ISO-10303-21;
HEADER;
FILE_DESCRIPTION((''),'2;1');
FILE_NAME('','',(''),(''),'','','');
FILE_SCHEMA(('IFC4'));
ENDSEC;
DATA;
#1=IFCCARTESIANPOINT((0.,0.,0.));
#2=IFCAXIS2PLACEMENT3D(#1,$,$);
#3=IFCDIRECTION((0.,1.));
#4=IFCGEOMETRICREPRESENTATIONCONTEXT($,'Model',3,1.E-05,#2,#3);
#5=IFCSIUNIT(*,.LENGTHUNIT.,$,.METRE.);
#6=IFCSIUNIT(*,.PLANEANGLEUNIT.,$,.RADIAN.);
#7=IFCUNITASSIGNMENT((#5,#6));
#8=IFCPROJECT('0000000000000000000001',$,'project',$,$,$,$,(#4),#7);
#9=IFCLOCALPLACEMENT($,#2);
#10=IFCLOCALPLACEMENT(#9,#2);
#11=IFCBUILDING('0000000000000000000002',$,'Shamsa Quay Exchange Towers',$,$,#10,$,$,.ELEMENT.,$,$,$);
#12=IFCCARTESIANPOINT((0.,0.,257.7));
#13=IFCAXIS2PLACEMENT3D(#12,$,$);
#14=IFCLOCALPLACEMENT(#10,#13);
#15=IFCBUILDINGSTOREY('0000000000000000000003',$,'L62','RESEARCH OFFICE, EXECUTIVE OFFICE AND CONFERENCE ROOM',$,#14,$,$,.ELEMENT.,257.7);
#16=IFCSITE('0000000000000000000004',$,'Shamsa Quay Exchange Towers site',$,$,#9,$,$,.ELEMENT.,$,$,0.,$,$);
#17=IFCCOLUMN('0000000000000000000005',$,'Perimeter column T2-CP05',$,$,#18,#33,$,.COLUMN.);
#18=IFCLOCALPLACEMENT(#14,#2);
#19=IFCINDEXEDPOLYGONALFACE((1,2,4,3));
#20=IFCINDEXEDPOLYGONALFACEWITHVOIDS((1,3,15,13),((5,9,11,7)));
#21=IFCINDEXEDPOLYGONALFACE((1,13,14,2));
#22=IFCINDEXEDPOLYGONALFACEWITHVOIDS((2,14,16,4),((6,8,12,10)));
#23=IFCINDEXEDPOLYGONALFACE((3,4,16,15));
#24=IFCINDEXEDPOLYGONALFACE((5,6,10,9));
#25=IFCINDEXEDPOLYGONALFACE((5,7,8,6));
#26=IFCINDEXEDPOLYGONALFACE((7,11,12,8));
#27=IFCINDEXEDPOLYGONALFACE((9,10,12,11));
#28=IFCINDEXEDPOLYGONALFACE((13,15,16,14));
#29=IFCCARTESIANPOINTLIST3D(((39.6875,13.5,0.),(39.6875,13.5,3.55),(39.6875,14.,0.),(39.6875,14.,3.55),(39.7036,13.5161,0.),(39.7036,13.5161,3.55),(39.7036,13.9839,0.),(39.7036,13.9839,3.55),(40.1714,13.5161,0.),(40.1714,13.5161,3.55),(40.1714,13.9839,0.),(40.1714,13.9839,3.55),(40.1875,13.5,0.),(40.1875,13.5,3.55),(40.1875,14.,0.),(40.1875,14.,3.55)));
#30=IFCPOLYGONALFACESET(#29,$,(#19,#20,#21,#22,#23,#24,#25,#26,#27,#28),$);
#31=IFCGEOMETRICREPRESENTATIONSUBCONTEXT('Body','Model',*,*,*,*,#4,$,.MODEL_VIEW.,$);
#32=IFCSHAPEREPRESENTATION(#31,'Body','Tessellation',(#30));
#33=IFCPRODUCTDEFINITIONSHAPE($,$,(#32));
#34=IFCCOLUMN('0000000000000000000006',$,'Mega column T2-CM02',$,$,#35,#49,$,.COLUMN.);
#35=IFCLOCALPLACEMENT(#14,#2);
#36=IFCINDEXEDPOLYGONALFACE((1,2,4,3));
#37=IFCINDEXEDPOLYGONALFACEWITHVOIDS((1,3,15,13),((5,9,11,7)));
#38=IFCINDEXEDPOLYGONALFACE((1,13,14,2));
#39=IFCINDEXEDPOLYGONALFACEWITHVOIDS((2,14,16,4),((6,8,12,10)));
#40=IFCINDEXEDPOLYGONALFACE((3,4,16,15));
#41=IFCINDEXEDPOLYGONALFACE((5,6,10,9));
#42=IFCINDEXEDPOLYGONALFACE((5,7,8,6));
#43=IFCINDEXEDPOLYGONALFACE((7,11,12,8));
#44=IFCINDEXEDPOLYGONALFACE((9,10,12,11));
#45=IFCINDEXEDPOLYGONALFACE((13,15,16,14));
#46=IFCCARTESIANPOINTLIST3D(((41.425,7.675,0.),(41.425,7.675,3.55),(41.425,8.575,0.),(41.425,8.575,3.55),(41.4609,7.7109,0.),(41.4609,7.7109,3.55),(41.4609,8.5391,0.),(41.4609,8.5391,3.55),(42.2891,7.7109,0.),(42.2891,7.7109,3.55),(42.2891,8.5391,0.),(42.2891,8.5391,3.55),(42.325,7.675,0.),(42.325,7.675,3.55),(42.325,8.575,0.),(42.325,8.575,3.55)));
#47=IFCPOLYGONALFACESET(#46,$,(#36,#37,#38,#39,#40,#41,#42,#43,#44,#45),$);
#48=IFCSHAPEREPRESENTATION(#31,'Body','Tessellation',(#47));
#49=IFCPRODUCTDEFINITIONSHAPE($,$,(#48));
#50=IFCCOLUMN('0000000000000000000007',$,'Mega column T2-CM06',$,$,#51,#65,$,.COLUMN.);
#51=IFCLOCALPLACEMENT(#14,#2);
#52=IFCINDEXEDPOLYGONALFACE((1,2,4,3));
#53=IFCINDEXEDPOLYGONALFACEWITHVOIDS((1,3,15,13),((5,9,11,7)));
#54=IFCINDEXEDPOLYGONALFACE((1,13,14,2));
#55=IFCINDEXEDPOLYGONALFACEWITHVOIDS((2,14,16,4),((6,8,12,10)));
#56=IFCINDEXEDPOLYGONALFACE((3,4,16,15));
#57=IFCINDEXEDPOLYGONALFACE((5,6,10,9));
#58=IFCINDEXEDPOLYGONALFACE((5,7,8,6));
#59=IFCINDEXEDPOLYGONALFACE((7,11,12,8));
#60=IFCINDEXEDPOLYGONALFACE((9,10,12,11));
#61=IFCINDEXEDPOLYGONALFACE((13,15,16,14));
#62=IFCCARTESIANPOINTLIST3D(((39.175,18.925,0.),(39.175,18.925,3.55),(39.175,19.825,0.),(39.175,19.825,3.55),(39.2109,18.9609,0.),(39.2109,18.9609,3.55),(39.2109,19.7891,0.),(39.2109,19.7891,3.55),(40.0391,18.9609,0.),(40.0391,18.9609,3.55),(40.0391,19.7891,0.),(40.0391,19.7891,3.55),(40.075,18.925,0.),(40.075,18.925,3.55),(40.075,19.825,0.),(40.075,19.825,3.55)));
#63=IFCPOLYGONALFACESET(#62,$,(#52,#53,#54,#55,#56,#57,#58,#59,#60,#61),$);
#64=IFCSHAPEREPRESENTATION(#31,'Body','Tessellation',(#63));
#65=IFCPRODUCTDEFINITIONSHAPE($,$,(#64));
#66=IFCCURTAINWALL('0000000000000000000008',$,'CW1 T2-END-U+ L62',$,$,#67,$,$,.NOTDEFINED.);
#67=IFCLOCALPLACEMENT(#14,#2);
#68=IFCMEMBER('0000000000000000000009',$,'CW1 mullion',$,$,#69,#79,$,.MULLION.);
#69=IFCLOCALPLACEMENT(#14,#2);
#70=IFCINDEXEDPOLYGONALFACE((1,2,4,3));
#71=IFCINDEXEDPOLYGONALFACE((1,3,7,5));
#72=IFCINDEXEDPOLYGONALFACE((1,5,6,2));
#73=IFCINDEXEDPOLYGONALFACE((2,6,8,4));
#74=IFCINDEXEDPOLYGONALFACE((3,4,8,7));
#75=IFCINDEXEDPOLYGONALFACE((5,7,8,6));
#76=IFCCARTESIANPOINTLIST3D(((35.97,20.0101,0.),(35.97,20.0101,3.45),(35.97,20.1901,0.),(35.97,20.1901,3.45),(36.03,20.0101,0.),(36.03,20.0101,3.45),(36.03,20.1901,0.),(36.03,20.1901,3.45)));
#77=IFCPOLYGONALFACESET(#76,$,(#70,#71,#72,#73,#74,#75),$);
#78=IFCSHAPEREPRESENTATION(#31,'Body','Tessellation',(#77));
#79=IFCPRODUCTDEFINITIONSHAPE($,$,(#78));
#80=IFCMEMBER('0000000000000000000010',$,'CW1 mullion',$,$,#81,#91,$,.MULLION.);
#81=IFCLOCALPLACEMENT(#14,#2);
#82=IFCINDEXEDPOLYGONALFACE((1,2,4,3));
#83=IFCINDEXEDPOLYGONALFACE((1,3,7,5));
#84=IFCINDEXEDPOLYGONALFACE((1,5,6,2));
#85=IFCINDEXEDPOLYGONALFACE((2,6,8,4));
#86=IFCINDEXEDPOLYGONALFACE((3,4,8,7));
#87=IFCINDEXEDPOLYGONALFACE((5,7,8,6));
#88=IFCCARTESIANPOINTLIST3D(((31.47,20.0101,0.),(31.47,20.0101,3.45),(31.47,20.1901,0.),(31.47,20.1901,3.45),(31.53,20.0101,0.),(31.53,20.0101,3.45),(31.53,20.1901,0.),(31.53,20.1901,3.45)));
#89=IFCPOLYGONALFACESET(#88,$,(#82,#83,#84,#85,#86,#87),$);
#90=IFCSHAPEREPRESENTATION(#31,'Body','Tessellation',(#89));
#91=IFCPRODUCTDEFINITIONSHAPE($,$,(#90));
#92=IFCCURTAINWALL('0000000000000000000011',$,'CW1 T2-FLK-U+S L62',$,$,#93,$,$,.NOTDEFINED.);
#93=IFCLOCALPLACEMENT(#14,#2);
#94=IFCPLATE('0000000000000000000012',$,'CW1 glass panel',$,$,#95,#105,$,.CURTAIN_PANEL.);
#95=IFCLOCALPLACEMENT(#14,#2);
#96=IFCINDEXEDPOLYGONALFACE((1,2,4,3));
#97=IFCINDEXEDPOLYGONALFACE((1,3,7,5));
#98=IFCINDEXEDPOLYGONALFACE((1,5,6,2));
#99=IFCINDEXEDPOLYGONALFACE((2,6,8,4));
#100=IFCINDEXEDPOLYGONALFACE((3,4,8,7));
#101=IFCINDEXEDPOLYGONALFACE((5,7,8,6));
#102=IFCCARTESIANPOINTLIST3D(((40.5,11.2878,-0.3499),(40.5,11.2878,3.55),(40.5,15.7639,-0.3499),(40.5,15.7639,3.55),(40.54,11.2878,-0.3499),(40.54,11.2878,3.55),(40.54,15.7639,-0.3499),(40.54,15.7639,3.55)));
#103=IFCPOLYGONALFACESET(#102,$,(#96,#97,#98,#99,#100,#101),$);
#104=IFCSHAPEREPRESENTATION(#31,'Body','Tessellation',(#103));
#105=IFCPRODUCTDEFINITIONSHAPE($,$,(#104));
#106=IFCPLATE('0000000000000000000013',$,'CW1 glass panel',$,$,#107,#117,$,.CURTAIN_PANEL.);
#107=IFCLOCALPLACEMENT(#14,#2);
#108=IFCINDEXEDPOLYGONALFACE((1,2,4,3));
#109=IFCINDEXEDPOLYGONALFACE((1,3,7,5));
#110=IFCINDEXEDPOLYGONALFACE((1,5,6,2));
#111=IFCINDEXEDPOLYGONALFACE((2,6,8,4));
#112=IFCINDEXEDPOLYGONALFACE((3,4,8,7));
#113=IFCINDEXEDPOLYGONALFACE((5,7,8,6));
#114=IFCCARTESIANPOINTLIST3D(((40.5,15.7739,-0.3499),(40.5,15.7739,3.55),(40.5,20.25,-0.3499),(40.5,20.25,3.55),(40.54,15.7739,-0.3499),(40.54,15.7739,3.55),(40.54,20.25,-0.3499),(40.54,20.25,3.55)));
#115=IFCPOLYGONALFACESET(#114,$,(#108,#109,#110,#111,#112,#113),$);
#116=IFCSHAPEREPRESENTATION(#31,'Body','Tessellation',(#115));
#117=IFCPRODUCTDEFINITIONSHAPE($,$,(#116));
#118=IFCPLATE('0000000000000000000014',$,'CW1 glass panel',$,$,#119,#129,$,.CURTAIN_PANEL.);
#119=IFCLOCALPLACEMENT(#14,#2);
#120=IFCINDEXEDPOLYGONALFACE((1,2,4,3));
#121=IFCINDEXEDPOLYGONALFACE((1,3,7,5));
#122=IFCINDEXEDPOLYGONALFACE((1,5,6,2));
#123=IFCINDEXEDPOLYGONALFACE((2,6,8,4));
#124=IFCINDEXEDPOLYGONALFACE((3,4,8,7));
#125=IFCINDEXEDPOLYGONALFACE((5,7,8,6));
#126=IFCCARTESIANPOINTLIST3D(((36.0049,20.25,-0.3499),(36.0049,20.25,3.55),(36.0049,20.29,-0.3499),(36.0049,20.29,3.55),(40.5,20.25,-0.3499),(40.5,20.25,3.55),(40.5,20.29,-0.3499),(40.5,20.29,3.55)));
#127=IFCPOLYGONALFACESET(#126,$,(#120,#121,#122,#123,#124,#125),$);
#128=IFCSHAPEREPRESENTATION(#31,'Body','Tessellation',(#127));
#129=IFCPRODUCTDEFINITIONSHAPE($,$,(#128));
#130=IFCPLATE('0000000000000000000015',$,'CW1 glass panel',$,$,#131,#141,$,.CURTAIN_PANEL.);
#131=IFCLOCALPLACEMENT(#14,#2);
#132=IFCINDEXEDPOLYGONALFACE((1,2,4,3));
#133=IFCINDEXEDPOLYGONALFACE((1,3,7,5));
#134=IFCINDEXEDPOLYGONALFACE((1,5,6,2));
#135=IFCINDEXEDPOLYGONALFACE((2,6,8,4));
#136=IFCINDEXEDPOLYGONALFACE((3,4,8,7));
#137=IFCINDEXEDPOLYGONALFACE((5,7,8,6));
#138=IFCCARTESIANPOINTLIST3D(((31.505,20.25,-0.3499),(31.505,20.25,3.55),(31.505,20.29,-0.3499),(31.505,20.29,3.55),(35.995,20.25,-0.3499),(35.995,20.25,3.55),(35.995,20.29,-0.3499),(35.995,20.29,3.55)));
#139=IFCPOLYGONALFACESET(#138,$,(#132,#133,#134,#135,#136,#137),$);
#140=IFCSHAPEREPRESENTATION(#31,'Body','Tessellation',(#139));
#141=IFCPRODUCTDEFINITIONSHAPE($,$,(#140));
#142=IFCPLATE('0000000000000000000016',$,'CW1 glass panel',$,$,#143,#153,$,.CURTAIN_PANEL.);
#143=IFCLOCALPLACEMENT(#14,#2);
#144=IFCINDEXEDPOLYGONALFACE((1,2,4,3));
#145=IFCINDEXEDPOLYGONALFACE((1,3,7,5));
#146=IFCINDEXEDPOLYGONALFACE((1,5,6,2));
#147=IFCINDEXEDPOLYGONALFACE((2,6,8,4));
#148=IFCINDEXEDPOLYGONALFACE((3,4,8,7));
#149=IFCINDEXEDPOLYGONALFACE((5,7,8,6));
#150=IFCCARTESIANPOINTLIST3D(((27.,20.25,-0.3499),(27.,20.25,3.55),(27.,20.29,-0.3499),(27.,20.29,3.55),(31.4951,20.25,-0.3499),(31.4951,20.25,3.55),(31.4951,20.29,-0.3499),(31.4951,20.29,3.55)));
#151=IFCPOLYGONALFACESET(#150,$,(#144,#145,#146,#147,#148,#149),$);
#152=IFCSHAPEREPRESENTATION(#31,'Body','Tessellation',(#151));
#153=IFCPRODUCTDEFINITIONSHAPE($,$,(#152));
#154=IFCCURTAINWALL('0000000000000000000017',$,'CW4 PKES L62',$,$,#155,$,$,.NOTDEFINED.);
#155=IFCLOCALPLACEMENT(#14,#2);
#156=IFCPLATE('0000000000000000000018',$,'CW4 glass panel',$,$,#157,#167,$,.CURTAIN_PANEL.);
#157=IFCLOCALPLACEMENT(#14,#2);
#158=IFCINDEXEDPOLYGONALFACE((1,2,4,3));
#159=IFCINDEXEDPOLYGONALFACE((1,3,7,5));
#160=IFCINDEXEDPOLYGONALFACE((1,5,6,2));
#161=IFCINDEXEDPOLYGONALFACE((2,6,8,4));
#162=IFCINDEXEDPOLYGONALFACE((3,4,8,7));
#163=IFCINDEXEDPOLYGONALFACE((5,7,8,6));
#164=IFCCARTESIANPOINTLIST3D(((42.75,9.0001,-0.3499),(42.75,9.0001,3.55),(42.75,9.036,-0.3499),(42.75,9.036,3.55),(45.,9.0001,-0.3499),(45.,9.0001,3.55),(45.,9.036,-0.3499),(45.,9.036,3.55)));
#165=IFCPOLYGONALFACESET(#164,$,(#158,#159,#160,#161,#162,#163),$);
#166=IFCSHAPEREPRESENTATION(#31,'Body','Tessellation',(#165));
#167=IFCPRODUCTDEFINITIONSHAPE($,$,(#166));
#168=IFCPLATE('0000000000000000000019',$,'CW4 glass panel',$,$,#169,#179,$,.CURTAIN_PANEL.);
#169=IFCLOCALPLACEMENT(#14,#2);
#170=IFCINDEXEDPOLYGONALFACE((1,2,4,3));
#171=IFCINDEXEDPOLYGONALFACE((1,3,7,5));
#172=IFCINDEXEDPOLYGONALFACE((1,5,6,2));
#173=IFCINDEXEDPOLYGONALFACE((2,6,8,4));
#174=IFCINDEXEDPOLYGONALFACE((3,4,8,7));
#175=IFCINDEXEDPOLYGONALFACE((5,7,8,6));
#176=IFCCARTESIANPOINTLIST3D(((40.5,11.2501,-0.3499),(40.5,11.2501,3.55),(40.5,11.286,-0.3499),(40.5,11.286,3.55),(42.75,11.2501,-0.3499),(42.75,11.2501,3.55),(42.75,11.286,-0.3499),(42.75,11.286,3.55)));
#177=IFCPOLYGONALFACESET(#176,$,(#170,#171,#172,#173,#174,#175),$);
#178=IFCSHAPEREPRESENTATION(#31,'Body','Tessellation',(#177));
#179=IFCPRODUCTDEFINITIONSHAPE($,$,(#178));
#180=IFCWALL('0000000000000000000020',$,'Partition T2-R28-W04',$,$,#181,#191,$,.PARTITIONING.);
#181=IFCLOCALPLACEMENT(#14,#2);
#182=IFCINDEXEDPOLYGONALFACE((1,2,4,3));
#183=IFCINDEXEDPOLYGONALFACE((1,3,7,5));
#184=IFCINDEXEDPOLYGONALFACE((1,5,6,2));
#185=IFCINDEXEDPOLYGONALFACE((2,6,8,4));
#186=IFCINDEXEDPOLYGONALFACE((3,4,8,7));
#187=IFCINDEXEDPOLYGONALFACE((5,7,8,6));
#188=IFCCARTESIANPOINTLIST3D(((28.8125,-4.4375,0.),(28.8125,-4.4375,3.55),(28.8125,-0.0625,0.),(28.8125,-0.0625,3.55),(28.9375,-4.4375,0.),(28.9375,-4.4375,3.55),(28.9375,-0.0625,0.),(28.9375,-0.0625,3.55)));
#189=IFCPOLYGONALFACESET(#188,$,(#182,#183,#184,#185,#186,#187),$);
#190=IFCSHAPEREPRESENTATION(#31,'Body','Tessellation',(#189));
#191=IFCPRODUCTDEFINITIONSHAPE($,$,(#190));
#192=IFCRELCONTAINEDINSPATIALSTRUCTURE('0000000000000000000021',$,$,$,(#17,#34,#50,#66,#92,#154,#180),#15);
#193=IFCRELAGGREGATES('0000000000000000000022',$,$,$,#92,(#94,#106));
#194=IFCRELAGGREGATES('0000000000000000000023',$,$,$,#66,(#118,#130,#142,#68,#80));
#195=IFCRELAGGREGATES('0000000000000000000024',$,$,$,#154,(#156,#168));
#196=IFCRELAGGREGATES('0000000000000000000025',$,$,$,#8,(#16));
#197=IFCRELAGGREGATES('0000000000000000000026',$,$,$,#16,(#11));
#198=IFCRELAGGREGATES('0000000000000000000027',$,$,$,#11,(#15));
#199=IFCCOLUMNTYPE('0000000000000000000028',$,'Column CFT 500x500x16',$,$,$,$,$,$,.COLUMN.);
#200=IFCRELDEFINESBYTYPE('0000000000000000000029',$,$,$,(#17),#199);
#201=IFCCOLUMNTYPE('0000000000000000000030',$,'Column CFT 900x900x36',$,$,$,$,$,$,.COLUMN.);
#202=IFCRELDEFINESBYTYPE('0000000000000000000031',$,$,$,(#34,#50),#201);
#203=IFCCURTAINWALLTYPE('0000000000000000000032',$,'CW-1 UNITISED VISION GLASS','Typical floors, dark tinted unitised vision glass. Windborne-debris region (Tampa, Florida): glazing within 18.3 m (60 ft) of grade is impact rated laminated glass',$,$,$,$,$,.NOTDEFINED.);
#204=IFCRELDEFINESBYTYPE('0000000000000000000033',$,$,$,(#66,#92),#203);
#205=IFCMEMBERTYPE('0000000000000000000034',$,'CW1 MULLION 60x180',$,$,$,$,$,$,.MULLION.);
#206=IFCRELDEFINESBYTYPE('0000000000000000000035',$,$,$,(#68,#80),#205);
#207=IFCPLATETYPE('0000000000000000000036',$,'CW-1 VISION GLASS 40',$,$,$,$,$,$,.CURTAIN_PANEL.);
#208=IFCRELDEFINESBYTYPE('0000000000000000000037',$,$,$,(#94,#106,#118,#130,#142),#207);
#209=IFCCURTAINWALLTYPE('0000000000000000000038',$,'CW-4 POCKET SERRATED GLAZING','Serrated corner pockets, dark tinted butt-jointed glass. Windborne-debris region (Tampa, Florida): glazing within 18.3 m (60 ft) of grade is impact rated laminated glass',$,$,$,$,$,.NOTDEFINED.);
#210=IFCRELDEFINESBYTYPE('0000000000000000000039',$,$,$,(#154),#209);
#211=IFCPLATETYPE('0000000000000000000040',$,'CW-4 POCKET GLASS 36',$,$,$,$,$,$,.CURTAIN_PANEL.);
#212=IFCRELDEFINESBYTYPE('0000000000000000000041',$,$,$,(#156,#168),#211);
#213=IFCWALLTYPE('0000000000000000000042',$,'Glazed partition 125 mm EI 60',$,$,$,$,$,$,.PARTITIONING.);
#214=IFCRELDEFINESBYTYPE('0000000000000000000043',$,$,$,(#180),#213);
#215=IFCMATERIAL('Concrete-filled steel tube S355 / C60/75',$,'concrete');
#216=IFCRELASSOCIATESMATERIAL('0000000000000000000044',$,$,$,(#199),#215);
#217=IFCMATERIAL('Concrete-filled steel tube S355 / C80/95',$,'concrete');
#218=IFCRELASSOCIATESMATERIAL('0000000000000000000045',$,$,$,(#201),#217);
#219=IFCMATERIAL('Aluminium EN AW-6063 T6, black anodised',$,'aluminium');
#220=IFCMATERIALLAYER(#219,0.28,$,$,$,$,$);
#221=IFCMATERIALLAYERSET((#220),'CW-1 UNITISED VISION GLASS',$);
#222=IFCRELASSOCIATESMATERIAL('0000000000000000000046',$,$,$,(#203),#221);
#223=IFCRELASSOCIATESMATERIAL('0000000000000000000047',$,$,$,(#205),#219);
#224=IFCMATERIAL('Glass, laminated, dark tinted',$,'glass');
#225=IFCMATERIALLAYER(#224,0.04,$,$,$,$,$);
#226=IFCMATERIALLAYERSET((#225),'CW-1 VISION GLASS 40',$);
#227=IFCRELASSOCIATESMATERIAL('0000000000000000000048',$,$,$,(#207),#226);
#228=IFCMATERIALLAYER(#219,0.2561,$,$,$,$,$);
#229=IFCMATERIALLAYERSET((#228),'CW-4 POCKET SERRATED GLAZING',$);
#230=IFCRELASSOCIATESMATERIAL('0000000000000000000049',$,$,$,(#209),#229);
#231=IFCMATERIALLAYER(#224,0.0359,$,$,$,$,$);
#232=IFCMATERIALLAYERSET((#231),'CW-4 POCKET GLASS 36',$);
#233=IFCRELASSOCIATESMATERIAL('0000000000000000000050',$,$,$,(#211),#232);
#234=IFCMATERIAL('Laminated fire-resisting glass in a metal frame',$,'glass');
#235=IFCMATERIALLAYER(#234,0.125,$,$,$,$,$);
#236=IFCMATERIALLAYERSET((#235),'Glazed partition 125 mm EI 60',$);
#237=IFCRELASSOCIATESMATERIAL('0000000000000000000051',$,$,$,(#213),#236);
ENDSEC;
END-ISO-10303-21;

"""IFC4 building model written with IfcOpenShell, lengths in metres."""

from ifc_helpers import new_model, si_unit, direction, frame, frame_2d, origin, origin_2d, place, context, subcontext, project, spatial, rectangle, hollow_rectangle, extrude, material, layer, layer_set, material_profile, profile_set, type_object, element, aggregate, save


model = new_model("IFC4")

# Units and contexts
model_context = context("Model", 3, precision=1e-05, world=origin(), true_north=direction((0.0, 1.0)))
body_context = subcontext(model_context, "Body", "Model", "MODEL_VIEW")
ifc_project = project(units=[si_unit("LENGTHUNIT", "METRE"), si_unit("PLANEANGLEUNIT", "RADIAN")], contexts=[model_context])

# Site, building, storey
site_placement = place(None, origin())
site = spatial("IfcSite", under=ifc_project, at=site_placement, Name="Shamsa Quay Exchange Towers site", CompositionType="ELEMENT", RefElevation=0.0)
building_placement = place(site_placement, origin())
building = spatial("IfcBuilding", under=site, at=building_placement, Name="Shamsa Quay Exchange Towers", CompositionType="ELEMENT")
storey_placement = place(building_placement, frame((0.0, 0.0, 257.7)))
storey = spatial("IfcBuildingStorey", under=building, at=storey_placement, Name="L62", Description="RESEARCH OFFICE, EXECUTIVE OFFICE AND CONFERENCE ROOM", CompositionType="ELEMENT", Elevation=257.7)

# Columns
ifc_material_1 = material(Name="Concrete-filled steel tube S355 / C60/75", Category="concrete")
ifc_material_profile_1 = material_profile(ifc_material_1, hollow_rectangle(XDim=0.5, YDim=0.5, WallThickness=0.0161, at=origin_2d()), Name="CFT 500x500x16")
ifc_profile_set_1 = profile_set([ifc_material_profile_1], Name="Concrete-filled steel tube S355 / C60/75")
column_type_1 = type_object("IfcColumnType", Name="Column CFT 500x500x16", PredefinedType="COLUMN", material=ifc_profile_set_1)
column_placement = place(storey_placement, frame((39.9375, 13.75, 0.0)))
element("IfcColumn", 1, at=column_placement, inside=storey, type_object=column_type_1, Name="Perimeter column T2-CP05", PredefinedType="COLUMN", context=body_context, shape_type="SweptSolid", body=[
    extrude(hollow_rectangle(XDim=0.5, YDim=0.5, WallThickness=0.0161, at=origin_2d()), origin(), (0.0, 0.0, 1.0), 3.55),
])
ifc_material_2 = material(Name="Concrete-filled steel tube S355 / C80/95", Category="concrete")
ifc_material_profile_2 = material_profile(ifc_material_2, hollow_rectangle(XDim=0.8999, YDim=0.8999, WallThickness=0.0359, at=origin_2d()), Name="CFT 900x900x36")
ifc_profile_set_2 = profile_set([ifc_material_profile_2], Name="Concrete-filled steel tube S355 / C80/95")
column_type_2 = type_object("IfcColumnType", Name="Column CFT 900x900x36", PredefinedType="COLUMN", material=ifc_profile_set_2)
for number, where, name in (
    (2, (41.875, 8.125, 0.0), "Mega column T2-CM02"),
    (3, (39.625, 19.375, 0.0), "Mega column T2-CM06"),
):
    element("IfcColumn", number, at=place(storey_placement, frame(where)), inside=storey, type_object=column_type_2, Name=name, PredefinedType="COLUMN", context=body_context, shape_type="SweptSolid", body=[
        extrude(hollow_rectangle(XDim=0.8999, YDim=0.8999, WallThickness=0.0359, at=origin_2d()), origin(), (0.0, 0.0, 1.0), 3.55),
    ])

# Curtain wall, members
ifc_material_3 = material(Name="Aluminium EN AW-6063 T6, black anodised", Category="aluminium")
ifc_layer_1 = layer(ifc_material_3, 0.28)
ifc_layer_set_1 = layer_set([ifc_layer_1], Name="CW-1 UNITISED VISION GLASS")
curtain_wall_type_1 = type_object("IfcCurtainWallType", Name="CW-1 UNITISED VISION GLASS", Description="Typical floors, dark tinted unitised vision glass. Windborne-debris region (Tampa, Florida): glazing within 18.3 m (60 ft) of grade is impact rated laminated glass", PredefinedType="NOTDEFINED", material=ifc_layer_set_1)
curtain_wall_1_placement = place(storey_placement, origin())
curtain_wall_1 = element("IfcCurtainWall", 4, at=curtain_wall_1_placement, inside=storey, type_object=curtain_wall_type_1, Name="CW1 T2-END-U+ L62", PredefinedType="NOTDEFINED")
ifc_material_profile_3 = material_profile(ifc_material_3, rectangle(XDim=0.1799, YDim=0.0601, at=origin_2d()), Name="MU60x180")
ifc_profile_set_3 = profile_set([ifc_material_profile_3], Name="Aluminium EN AW-6063 T6, black anodised")
member_type = type_object("IfcMemberType", Name="CW1 MULLION 60x180", PredefinedType="MULLION", material=ifc_profile_set_3)
member_1_placement = place(storey_placement, frame((36.0, 20.1001, 0.0), z_axis=(0.0, 0.0, 1.0), x_axis=(0.0, -1.0, 0.0)))
member_1 = element("IfcMember", 5, at=member_1_placement, type_object=member_type, Name="CW1 mullion", PredefinedType="MULLION", context=body_context, shape_type="SweptSolid", body=[
    extrude(rectangle(XDim=0.1799, YDim=0.0601, at=origin_2d()), origin(), (0.0, 0.0, 1.0), 3.45),
])
member_2_placement = place(storey_placement, frame((31.5, 20.1001, 0.0), z_axis=(0.0, 0.0, 1.0), x_axis=(0.0, -1.0, 0.0)))
member_2 = element("IfcMember", 6, at=member_2_placement, type_object=member_type, Name="CW1 mullion", PredefinedType="MULLION", context=body_context, shape_type="SweptSolid", body=[
    extrude(rectangle(XDim=0.1799, YDim=0.0601, at=origin_2d()), origin(), (0.0, 0.0, 1.0), 3.45),
])

# Curtain wall, plates
curtain_wall_2_placement = place(storey_placement, origin())
curtain_wall_2 = element("IfcCurtainWall", 7, at=curtain_wall_2_placement, inside=storey, type_object=curtain_wall_type_1, Name="CW1 T2-FLK-U+S L62", PredefinedType="NOTDEFINED")
ifc_material_4 = material(Name="Glass, laminated, dark tinted", Category="glass")
ifc_layer_2 = layer(ifc_material_4, 0.04)
ifc_layer_set_2 = layer_set([ifc_layer_2], Name="CW-1 VISION GLASS 40")
plate_type_1 = type_object("IfcPlateType", Name="CW-1 VISION GLASS 40", PredefinedType="CURTAIN_PANEL", material=ifc_layer_set_2)
plate_1_placement = place(storey_placement, frame((40.52, 13.5259, -0.3499), z_axis=(0.0, 0.0, 1.0), x_axis=(0.0, 1.0, 0.0)))
plate_1 = element("IfcPlate", 8, at=plate_1_placement, type_object=plate_type_1, Name="CW1 glass panel", PredefinedType="CURTAIN_PANEL", context=body_context, shape_type="SweptSolid", body=[
    extrude(rectangle(XDim=4.4761, YDim=0.04, at=origin_2d()), origin(), (0.0, 0.0, 1.0), 3.8999),
])
plate_2_placement = place(storey_placement, frame((40.52, 18.012, -0.3499), z_axis=(0.0, 0.0, 1.0), x_axis=(0.0, 1.0, 0.0)))
plate_2 = element("IfcPlate", 9, at=plate_2_placement, type_object=plate_type_1, Name="CW1 glass panel", PredefinedType="CURTAIN_PANEL", context=body_context, shape_type="SweptSolid", body=[
    extrude(rectangle(XDim=4.4761, YDim=0.04, at=origin_2d()), origin(), (0.0, 0.0, 1.0), 3.8999),
])
aggregate(curtain_wall_2, [plate_1, plate_2])

# Plates
plate_3_placement = place(storey_placement, frame((38.2524, 20.27, -0.3499), z_axis=(0.0, 0.0, 1.0), x_axis=(-1.0, 0.0, 0.0)))
plate_3 = element("IfcPlate", 10, at=plate_3_placement, type_object=plate_type_1, Name="CW1 glass panel", PredefinedType="CURTAIN_PANEL", context=body_context, shape_type="SweptSolid", body=[
    extrude(rectangle(XDim=4.4951, YDim=0.04, at=origin_2d()), origin(), (0.0, 0.0, 1.0), 3.8999),
])
plate_4_placement = place(storey_placement, frame((33.75, 20.27, -0.3499), z_axis=(0.0, 0.0, 1.0), x_axis=(-1.0, 0.0, 0.0)))
plate_4 = element("IfcPlate", 11, at=plate_4_placement, type_object=plate_type_1, Name="CW1 glass panel", PredefinedType="CURTAIN_PANEL", context=body_context, shape_type="SweptSolid", body=[
    extrude(rectangle(XDim=4.49, YDim=0.04, at=origin_2d()), origin(), (0.0, 0.0, 1.0), 3.8999),
])
plate_5_placement = place(storey_placement, frame((29.2476, 20.27, -0.3499), z_axis=(0.0, 0.0, 1.0), x_axis=(-1.0, 0.0, 0.0)))
plate_5 = element("IfcPlate", 12, at=plate_5_placement, type_object=plate_type_1, Name="CW1 glass panel", PredefinedType="CURTAIN_PANEL", context=body_context, shape_type="SweptSolid", body=[
    extrude(rectangle(XDim=4.4951, YDim=0.04, at=origin_2d()), origin(), (0.0, 0.0, 1.0), 3.8999),
])
aggregate(curtain_wall_1, [plate_3, plate_4, plate_5, member_1, member_2])

# Curtain wall, plates
ifc_layer_3 = layer(ifc_material_3, 0.2561)
ifc_layer_set_3 = layer_set([ifc_layer_3], Name="CW-4 POCKET SERRATED GLAZING")
curtain_wall_type_2 = type_object("IfcCurtainWallType", Name="CW-4 POCKET SERRATED GLAZING", Description="Serrated corner pockets, dark tinted butt-jointed glass. Windborne-debris region (Tampa, Florida): glazing within 18.3 m (60 ft) of grade is impact rated laminated glass", PredefinedType="NOTDEFINED", material=ifc_layer_set_3)
curtain_wall_3_placement = place(storey_placement, origin())
curtain_wall_3 = element("IfcCurtainWall", 13, at=curtain_wall_3_placement, inside=storey, type_object=curtain_wall_type_2, Name="CW4 PKES L62", PredefinedType="NOTDEFINED")
ifc_layer_4 = layer(ifc_material_4, 0.0359)
ifc_layer_set_4 = layer_set([ifc_layer_4], Name="CW-4 POCKET GLASS 36")
plate_type_2 = type_object("IfcPlateType", Name="CW-4 POCKET GLASS 36", PredefinedType="CURTAIN_PANEL", material=ifc_layer_set_4)
plate_6_placement = place(storey_placement, frame((43.875, 9.0181, -0.3499), z_axis=(0.0, 0.0, 1.0), x_axis=(-1.0, 0.0, 0.0)))
plate_6 = element("IfcPlate", 14, at=plate_6_placement, type_object=plate_type_2, Name="CW4 glass panel", PredefinedType="CURTAIN_PANEL", context=body_context, shape_type="SweptSolid", body=[
    extrude(rectangle(XDim=2.25, YDim=0.0359, at=origin_2d()), origin(), (0.0, 0.0, 1.0), 3.8999),
])
plate_7_placement = place(storey_placement, frame((41.625, 11.2681, -0.3499), z_axis=(0.0, 0.0, 1.0), x_axis=(-1.0, 0.0, 0.0)))
plate_7 = element("IfcPlate", 15, at=plate_7_placement, type_object=plate_type_2, Name="CW4 glass panel", PredefinedType="CURTAIN_PANEL", context=body_context, shape_type="SweptSolid", body=[
    extrude(rectangle(XDim=2.25, YDim=0.0359, at=origin_2d()), origin(), (0.0, 0.0, 1.0), 3.8999),
])
aggregate(curtain_wall_3, [plate_6, plate_7])

# Wall
ifc_material_5 = material(Name="Laminated fire-resisting glass in a metal frame", Category="glass")
ifc_layer_5 = layer(ifc_material_5, 0.125)
ifc_layer_set_5 = layer_set([ifc_layer_5], Name="Glazed partition 125 mm EI 60")
wall_type_1 = type_object("IfcWallType", Name="Glazed partition 125 mm EI 60", PredefinedType="PARTITIONING", material=ifc_layer_set_5)
wall_1_placement = place(storey_placement, frame((28.875, -0.0625, 0.0), z_axis=(0.0, 0.0, 1.0), x_axis=(0.0, -1.0, 0.0)))
element("IfcWall", 16, at=wall_1_placement, inside=storey, type_object=wall_type_1, Name="Partition T2-R28-W04", PredefinedType="PARTITIONING", context=body_context, shape_type="SweptSolid", body=[
    extrude(rectangle(XDim=4.375, YDim=0.125, at=frame_2d((2.1875, 0.0))), origin(), (0.0, 0.0, 1.0), 3.55),
])

save(model, "model.ifc")
